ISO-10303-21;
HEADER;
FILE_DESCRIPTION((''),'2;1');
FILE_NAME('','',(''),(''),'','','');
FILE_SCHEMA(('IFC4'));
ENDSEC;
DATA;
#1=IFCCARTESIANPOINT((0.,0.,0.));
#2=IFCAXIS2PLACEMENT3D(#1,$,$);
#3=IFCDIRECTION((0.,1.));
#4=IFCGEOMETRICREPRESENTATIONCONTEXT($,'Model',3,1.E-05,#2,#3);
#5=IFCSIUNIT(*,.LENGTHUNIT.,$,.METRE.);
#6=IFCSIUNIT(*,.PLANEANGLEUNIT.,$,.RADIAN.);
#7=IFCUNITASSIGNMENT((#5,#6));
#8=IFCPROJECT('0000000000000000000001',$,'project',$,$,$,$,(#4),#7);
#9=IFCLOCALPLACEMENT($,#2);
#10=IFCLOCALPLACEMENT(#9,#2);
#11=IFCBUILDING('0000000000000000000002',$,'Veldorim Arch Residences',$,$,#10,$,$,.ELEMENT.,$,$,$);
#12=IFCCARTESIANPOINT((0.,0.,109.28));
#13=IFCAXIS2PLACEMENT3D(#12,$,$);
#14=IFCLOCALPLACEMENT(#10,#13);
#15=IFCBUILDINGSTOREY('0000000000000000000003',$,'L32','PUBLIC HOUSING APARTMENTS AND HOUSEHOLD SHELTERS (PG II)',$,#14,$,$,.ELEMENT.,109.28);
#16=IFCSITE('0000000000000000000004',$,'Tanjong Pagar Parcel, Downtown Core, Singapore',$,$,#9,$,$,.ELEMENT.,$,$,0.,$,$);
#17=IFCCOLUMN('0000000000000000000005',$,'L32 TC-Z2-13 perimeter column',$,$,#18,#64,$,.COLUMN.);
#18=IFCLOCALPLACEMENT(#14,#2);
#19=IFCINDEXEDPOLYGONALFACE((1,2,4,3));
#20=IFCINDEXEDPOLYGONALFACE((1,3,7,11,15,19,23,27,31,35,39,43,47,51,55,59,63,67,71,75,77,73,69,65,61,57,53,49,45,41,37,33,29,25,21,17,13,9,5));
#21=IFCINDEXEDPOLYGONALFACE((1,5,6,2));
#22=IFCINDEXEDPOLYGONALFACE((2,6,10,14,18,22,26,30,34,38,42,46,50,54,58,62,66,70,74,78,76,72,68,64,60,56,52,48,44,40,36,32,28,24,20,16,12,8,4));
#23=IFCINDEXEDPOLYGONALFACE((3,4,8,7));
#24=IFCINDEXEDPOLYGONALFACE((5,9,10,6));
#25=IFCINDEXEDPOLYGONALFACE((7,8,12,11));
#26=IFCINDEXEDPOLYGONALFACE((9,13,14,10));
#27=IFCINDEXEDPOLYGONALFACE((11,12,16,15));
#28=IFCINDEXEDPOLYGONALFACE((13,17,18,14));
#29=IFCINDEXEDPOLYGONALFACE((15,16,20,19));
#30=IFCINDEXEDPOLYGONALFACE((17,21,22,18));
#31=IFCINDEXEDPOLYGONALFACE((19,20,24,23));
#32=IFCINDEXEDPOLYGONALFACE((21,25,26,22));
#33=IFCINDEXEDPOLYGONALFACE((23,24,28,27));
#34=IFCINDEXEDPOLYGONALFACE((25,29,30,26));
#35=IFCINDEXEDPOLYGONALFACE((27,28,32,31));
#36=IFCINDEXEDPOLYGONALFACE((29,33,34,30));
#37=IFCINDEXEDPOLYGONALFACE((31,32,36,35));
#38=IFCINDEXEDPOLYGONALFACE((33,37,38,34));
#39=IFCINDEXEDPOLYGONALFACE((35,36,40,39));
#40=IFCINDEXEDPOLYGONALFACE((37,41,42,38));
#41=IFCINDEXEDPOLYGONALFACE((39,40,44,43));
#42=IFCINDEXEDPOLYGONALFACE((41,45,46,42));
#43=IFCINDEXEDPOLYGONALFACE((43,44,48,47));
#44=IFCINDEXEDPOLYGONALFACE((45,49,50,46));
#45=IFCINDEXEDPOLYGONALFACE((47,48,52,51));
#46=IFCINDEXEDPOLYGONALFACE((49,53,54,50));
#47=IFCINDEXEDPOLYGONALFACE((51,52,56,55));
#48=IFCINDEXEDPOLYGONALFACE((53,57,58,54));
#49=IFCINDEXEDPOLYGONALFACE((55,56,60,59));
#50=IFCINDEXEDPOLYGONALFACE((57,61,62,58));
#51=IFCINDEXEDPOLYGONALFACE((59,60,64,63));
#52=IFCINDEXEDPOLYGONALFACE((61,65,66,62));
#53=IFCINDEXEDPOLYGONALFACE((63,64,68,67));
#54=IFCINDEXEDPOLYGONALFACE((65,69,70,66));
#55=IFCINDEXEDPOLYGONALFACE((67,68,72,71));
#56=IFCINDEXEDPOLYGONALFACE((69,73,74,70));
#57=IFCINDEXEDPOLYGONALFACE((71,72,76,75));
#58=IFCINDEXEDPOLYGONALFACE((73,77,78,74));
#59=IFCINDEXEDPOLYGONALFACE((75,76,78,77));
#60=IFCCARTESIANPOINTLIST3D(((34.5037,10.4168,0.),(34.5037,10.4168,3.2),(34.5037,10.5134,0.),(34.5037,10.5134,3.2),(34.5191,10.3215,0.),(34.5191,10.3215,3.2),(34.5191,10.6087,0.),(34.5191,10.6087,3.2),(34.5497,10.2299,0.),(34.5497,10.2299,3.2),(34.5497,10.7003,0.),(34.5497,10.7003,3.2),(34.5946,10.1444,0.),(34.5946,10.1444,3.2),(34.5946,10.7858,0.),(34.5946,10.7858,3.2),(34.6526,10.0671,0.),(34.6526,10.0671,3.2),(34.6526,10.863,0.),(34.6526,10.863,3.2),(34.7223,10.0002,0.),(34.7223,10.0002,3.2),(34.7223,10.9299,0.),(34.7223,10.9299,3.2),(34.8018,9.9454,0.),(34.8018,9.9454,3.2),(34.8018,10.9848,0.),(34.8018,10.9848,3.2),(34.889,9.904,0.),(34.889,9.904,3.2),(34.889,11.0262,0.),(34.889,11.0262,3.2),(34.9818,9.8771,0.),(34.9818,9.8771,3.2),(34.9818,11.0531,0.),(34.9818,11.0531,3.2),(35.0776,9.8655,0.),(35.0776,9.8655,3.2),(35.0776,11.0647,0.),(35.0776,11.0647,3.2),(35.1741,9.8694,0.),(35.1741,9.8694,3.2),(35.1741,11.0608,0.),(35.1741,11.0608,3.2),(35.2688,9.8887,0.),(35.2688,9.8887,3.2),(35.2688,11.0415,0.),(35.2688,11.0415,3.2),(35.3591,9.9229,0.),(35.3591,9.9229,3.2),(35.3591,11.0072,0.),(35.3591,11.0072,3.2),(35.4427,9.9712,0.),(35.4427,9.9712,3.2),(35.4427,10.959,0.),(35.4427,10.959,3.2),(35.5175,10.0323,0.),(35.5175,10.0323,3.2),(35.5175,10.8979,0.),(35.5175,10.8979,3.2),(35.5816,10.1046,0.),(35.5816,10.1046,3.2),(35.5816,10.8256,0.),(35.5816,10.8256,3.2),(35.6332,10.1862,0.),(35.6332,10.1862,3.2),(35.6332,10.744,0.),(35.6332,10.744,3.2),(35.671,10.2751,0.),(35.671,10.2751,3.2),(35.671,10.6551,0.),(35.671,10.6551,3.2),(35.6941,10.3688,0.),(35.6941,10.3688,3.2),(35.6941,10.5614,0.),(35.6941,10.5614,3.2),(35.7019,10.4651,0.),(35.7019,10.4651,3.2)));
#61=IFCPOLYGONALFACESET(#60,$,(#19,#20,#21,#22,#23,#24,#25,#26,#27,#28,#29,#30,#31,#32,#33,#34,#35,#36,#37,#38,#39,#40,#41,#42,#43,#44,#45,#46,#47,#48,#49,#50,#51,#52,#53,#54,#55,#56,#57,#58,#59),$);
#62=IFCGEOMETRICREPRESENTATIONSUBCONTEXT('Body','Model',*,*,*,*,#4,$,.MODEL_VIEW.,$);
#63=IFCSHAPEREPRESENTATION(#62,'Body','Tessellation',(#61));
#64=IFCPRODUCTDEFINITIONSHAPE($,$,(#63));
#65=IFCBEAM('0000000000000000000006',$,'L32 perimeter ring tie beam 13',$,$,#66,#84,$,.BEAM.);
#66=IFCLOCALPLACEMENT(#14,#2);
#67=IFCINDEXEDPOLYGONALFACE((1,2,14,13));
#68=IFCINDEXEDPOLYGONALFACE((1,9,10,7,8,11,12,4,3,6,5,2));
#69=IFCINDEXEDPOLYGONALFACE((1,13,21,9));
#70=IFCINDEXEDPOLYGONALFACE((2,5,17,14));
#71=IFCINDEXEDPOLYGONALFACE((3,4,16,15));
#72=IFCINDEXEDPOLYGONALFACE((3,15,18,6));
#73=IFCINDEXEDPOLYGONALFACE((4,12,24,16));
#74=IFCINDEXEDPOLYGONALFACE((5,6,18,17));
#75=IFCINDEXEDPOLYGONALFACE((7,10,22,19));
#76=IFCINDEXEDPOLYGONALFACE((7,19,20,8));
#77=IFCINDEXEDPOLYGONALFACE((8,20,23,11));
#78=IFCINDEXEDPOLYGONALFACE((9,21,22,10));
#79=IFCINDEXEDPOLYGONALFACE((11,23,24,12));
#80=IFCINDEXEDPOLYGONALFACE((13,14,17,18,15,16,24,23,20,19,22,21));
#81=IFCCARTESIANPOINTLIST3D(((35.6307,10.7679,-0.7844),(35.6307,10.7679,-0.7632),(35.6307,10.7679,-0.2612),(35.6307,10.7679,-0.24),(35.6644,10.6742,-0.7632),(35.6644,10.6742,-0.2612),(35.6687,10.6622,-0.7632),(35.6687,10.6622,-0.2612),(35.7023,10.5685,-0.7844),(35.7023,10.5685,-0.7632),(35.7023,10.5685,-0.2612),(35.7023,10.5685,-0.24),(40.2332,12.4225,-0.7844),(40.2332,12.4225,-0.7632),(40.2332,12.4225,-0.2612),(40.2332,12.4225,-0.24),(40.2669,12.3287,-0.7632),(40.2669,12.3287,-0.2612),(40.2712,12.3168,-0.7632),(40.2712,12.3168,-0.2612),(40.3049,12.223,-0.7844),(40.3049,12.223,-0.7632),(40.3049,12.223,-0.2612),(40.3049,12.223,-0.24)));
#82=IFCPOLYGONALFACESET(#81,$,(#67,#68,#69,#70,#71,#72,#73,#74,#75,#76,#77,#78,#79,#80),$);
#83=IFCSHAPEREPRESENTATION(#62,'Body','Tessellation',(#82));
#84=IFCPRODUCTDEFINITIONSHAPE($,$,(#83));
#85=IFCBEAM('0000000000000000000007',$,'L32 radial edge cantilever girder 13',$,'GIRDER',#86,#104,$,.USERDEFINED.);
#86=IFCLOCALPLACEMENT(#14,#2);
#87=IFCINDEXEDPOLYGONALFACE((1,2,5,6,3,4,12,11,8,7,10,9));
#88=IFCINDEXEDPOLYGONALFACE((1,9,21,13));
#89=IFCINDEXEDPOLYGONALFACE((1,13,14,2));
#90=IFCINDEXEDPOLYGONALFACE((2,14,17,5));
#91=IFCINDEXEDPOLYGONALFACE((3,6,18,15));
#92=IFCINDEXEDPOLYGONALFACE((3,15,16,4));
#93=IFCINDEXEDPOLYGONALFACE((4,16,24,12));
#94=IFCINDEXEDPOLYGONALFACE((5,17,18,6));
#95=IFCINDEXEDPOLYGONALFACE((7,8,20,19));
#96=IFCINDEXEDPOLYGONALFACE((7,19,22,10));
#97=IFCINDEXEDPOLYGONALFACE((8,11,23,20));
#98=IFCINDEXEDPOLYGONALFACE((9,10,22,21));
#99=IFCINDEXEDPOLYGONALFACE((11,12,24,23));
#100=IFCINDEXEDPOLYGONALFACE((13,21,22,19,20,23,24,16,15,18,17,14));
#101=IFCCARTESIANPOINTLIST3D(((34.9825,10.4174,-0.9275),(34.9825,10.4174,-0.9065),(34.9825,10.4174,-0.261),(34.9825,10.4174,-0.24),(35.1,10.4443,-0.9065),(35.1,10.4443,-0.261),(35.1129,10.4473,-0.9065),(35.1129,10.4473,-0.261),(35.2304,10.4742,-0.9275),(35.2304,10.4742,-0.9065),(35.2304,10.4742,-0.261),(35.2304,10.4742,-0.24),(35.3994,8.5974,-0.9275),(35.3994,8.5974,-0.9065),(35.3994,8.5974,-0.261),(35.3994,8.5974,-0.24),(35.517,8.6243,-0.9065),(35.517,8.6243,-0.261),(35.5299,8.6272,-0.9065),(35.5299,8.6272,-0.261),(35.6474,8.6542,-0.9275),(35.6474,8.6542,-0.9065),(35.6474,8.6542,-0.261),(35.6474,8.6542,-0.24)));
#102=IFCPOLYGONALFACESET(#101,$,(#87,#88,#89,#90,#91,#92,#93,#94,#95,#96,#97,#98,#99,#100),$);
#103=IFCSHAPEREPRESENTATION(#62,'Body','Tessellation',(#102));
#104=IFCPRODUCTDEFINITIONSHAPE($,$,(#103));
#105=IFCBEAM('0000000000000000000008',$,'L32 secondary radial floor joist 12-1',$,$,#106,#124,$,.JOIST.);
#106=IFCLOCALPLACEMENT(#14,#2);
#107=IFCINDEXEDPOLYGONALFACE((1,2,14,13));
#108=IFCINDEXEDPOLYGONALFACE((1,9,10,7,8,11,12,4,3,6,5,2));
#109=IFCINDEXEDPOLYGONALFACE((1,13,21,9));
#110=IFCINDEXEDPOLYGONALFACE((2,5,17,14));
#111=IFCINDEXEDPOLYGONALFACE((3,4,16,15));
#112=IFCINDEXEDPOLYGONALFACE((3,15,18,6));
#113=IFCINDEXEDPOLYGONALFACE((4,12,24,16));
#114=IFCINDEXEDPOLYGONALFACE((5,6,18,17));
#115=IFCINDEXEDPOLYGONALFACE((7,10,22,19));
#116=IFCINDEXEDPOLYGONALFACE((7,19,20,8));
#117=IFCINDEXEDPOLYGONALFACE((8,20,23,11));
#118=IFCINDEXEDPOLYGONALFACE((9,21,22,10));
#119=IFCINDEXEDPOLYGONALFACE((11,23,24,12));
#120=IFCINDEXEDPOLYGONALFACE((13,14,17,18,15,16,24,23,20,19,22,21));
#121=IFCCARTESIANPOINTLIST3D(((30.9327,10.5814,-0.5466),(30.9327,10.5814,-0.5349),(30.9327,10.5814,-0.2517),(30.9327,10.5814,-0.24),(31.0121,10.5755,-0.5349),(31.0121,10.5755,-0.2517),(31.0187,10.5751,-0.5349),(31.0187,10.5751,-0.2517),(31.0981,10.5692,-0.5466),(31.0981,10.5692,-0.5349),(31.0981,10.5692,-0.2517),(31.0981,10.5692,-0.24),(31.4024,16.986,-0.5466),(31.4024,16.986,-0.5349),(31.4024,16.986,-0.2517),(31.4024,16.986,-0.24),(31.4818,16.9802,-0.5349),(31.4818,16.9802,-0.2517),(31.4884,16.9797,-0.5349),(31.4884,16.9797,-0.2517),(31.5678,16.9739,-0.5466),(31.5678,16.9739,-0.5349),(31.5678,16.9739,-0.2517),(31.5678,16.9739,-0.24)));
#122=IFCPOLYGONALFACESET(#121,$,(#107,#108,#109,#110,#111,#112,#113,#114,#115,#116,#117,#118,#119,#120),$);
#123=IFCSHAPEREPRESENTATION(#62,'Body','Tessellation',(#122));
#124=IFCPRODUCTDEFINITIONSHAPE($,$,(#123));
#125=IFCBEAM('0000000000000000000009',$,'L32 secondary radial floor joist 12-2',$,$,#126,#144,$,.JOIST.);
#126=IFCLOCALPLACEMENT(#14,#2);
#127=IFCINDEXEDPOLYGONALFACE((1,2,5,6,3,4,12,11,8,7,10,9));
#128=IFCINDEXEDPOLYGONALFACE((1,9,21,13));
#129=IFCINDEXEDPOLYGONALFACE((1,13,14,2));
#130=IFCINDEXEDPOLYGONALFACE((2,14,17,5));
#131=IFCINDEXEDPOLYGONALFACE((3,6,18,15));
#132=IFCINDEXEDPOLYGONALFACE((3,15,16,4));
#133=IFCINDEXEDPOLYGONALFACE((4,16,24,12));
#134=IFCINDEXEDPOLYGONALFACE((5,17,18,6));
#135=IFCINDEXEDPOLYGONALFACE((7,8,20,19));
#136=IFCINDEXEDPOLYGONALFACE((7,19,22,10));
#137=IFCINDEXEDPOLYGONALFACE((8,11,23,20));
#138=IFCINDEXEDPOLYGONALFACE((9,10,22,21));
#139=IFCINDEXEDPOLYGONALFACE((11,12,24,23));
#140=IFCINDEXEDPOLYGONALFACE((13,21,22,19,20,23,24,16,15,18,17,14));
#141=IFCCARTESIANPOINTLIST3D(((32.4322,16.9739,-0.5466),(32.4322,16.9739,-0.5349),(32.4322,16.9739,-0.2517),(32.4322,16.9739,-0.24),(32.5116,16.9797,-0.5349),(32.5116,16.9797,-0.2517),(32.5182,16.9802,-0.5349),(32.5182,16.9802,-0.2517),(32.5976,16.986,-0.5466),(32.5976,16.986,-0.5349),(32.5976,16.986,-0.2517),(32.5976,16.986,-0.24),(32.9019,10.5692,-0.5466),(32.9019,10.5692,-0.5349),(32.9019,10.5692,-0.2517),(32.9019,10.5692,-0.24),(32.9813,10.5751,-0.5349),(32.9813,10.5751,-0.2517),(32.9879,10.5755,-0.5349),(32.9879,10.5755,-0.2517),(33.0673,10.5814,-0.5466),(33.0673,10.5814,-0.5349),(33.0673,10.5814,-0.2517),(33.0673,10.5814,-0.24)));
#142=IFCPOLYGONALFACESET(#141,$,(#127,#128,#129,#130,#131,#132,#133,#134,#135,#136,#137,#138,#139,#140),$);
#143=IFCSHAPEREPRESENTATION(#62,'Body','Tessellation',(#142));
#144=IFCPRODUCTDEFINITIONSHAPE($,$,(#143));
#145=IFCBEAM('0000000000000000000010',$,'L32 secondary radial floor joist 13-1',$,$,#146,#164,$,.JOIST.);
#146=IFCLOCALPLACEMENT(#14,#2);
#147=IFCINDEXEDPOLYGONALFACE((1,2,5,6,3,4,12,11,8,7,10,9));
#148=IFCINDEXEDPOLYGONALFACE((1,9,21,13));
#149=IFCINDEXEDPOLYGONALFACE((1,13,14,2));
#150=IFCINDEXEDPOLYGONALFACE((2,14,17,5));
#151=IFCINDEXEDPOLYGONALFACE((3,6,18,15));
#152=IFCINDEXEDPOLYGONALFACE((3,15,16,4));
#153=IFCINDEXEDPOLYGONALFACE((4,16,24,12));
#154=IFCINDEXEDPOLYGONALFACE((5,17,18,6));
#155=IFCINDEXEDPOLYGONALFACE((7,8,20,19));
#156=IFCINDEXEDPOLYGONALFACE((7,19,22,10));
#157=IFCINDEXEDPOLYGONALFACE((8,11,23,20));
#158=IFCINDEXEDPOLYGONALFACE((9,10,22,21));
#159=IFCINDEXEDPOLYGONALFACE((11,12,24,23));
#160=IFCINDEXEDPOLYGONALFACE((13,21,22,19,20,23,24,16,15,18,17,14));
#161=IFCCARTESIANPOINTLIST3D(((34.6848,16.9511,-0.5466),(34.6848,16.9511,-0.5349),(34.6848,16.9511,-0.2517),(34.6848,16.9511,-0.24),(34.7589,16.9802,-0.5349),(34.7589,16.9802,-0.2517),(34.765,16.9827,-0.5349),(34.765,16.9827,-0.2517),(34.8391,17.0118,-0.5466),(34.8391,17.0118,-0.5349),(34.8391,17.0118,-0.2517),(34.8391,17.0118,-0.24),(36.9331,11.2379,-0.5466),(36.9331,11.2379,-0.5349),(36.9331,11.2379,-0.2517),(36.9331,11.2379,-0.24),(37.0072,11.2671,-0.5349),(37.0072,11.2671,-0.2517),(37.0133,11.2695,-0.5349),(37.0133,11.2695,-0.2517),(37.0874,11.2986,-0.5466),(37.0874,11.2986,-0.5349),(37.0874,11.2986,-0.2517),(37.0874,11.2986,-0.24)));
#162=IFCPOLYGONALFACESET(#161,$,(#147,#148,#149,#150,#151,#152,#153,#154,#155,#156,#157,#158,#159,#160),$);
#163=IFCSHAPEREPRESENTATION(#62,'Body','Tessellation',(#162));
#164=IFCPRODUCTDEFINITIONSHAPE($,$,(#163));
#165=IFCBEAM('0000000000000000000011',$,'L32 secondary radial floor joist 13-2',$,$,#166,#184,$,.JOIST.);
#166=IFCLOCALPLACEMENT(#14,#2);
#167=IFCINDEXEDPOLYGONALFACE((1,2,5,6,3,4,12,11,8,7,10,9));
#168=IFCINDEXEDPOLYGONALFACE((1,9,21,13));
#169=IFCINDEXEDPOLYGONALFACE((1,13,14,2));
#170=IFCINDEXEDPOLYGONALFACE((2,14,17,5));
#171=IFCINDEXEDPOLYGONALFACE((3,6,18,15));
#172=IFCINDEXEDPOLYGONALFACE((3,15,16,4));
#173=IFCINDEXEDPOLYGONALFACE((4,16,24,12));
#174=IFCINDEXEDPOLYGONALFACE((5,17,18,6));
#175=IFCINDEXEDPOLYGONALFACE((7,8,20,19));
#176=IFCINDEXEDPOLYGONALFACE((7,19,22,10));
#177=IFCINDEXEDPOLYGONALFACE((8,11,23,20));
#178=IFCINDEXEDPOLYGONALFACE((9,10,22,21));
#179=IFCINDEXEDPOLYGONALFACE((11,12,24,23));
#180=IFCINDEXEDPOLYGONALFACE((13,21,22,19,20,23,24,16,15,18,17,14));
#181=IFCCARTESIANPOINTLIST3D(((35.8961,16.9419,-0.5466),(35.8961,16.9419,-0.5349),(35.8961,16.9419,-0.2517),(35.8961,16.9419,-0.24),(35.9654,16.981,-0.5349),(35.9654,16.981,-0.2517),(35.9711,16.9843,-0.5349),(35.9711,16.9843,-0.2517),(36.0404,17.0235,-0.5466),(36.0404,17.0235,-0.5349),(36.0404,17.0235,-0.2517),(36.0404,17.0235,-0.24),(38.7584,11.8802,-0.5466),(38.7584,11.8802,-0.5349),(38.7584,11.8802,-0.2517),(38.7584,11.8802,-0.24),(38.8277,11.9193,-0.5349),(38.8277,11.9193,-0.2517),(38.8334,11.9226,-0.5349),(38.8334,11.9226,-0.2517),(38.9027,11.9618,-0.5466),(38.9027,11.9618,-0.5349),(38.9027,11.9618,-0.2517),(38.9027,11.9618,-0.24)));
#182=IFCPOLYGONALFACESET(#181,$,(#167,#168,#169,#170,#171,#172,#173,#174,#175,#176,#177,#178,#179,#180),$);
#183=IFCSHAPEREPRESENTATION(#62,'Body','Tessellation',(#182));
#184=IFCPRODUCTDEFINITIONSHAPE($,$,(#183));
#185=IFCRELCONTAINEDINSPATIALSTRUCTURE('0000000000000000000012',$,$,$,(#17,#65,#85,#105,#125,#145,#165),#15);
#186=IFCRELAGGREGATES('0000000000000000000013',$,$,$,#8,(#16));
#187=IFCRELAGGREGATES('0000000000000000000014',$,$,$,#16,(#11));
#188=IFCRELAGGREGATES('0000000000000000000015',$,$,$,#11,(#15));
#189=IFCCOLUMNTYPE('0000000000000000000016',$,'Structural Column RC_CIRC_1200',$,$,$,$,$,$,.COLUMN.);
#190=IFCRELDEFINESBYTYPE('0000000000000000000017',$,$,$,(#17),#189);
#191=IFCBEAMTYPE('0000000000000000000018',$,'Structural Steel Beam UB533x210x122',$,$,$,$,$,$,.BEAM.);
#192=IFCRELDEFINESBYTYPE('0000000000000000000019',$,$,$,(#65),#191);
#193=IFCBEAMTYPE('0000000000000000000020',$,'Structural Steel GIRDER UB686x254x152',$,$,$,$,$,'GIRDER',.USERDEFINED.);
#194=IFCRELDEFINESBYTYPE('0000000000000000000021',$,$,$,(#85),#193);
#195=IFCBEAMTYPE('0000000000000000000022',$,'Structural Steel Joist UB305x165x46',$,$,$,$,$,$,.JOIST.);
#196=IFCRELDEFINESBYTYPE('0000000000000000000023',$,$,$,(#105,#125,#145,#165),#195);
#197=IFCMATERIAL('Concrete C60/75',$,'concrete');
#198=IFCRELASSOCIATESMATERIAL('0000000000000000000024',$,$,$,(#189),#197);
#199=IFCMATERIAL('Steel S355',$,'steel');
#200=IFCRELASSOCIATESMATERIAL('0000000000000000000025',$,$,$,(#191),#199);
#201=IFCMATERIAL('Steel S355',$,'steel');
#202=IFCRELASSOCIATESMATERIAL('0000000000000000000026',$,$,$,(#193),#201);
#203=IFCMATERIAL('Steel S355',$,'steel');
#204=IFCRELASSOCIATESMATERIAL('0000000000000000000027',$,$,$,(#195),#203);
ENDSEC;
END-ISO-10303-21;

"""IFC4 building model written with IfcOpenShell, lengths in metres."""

from ifc_helpers import new_model, si_unit, direction, frame, origin, origin_2d, place, context, subcontext, project, spatial, circle, i_section, extrude, material, material_profile, profile_set, type_object, element, save


model = new_model("IFC4")

# Units and contexts
model_context = context("Model", 3, precision=1e-05, world=origin(), true_north=direction((0.0, 1.0)))
body_context = subcontext(model_context, "Body", "Model", "MODEL_VIEW")
ifc_project = project(units=[si_unit("LENGTHUNIT", "METRE"), si_unit("PLANEANGLEUNIT", "RADIAN")], contexts=[model_context])

# Site, building, storey
site_placement = place(None, origin())
site = spatial("IfcSite", under=ifc_project, at=site_placement, Name="Tanjong Pagar Parcel, Downtown Core, Singapore", CompositionType="ELEMENT", RefElevation=0.0)
building_placement = place(site_placement, origin())
building = spatial("IfcBuilding", under=site, at=building_placement, Name="Veldorim Arch Residences", CompositionType="ELEMENT")
storey_placement = place(building_placement, frame((0.0, 0.0, 109.28)))
storey = spatial("IfcBuildingStorey", under=building, at=storey_placement, Name="L32", Description="PUBLIC HOUSING APARTMENTS AND HOUSEHOLD SHELTERS (PG II)", CompositionType="ELEMENT", Elevation=109.28)

# Column
ifc_material_1 = material(Name="Concrete C60/75", Category="concrete")
ifc_material_profile_1 = material_profile(ifc_material_1, circle(Radius=0.6001, at=origin_2d()), Name="RC_CIRC_1200")
ifc_profile_set_1 = profile_set([ifc_material_profile_1], Name="Concrete C60/75")
column_type = type_object("IfcColumnType", Name="Structural Column RC_CIRC_1200", PredefinedType="COLUMN", material=ifc_profile_set_1)
column_placement = place(storey_placement, frame((35.1018, 10.4651, 0.0), z_axis=(0.0, 0.0, 1.0), x_axis=(1.0, 0.0, 0.0)))
element("IfcColumn", 1, at=column_placement, inside=storey, type_object=column_type, Name="L32 TC-Z2-13 perimeter column", PredefinedType="COLUMN", context=body_context, shape_type="SweptSolid", body=[
    extrude(circle(Radius=0.6001, at=origin_2d()), origin(), (0.0, 0.0, 1.0), 3.2),
])

# Beams
ifc_material_2 = material(Name="Steel S355", Category="steel")
ifc_material_profile_2 = material_profile(ifc_material_2, i_section(OverallWidth=0.2119, OverallDepth=0.5444, WebThickness=0.0127, FlangeThickness=0.0212, at=origin_2d()), Name="UB533x210x122")
ifc_profile_set_2 = profile_set([ifc_material_profile_2], Name="Steel S355")
beam_type_1 = type_object("IfcBeamType", Name="Structural Steel Beam UB533x210x122", PredefinedType="BEAM", material=ifc_profile_set_2)
beam_1_placement = place(storey_placement, frame((35.6665, 10.6682, -0.5122), z_axis=(0.941042, 0.33829, 0.0), x_axis=(-0.33829, 0.941042, 0.0)))
element("IfcBeam", 2, at=beam_1_placement, inside=storey, type_object=beam_type_1, Name="L32 perimeter ring tie beam 13", PredefinedType="BEAM", context=body_context, shape_type="SweptSolid", body=[
    extrude(i_section(OverallWidth=0.2119, OverallDepth=0.5444, WebThickness=0.0127, FlangeThickness=0.0212, at=origin_2d()), origin(), (0.0, 0.0, 1.0), 4.8909),
])
ifc_material_3 = material(Name="Steel S355", Category="steel")
ifc_material_profile_3 = material_profile(ifc_material_3, i_section(OverallWidth=0.2544, OverallDepth=0.6875, WebThickness=0.0132, FlangeThickness=0.021, at=origin_2d()), Name="UB686x254x152")
ifc_profile_set_3 = profile_set([ifc_material_profile_3], Name="Steel S355")
beam_type_2 = type_object("IfcBeamType", Name="Structural Steel GIRDER UB686x254x152", ElementType="GIRDER", PredefinedType="USERDEFINED", material=ifc_profile_set_3)
beam_2_placement = place(storey_placement, frame((35.1064, 10.4458, -0.5837), z_axis=(0.223322, -0.974745, 0.0), x_axis=(0.974745, 0.223322, 0.0)))
element("IfcBeam", 3, at=beam_2_placement, inside=storey, type_object=beam_type_2, Name="L32 radial edge cantilever girder 13", ObjectType="GIRDER", PredefinedType="USERDEFINED", context=body_context, shape_type="SweptSolid", body=[
    extrude(i_section(OverallWidth=0.2544, OverallDepth=0.6875, WebThickness=0.0132, FlangeThickness=0.021, at=origin_2d()), origin(), (0.0, 0.0, 1.0), 1.8672),
])
ifc_material_4 = material(Name="Steel S355", Category="steel")
ifc_material_profile_4 = material_profile(ifc_material_4, i_section(OverallWidth=0.1658, OverallDepth=0.3066, WebThickness=0.0066, FlangeThickness=0.0117, at=origin_2d()), Name="UB305x165x46")
ifc_profile_set_4 = profile_set([ifc_material_profile_4], Name="Steel S355")
beam_type_3 = type_object("IfcBeamType", Name="Structural Steel Joist UB305x165x46", PredefinedType="JOIST", material=ifc_profile_set_4)
for number, where, z_axis, x_axis, name in (
    (4, (31.4851, 16.98, -0.3933), (-0.073143, -0.997321, 0.0), (0.997321, -0.073143, 0.0), "L32 secondary radial floor joist 12-1"),
    (5, (32.5149, 16.98, -0.3933), (0.073143, -0.997321, 0.0), (0.997321, 0.073143, 0.0), "L32 secondary radial floor joist 12-2"),
):
    element("IfcBeam", number, at=place(storey_placement, frame(where, z_axis=z_axis, x_axis=x_axis)), inside=storey, type_object=beam_type_3, Name=name, PredefinedType="JOIST", context=body_context, shape_type="SweptSolid", body=[
        extrude(i_section(OverallWidth=0.1658, OverallDepth=0.3066, WebThickness=0.0066, FlangeThickness=0.0117, at=origin_2d()), origin(), (0.0, 0.0, 1.0), 6.4219),
    ])
beam_3_placement = place(storey_placement, frame((34.762, 16.9814, -0.3933), z_axis=(0.366195, -0.930538, 0.0), x_axis=(0.930538, 0.366195, 0.0)))
element("IfcBeam", 6, at=beam_3_placement, inside=storey, type_object=beam_type_3, Name="L32 secondary radial floor joist 13-1", PredefinedType="JOIST", context=body_context, shape_type="SweptSolid", body=[
    extrude(i_section(OverallWidth=0.1658, OverallDepth=0.3066, WebThickness=0.0066, FlangeThickness=0.0117, at=origin_2d()), origin(), (0.0, 0.0, 1.0), 6.1396),
])
beam_4_placement = place(storey_placement, frame((35.9683, 16.9827, -0.3933), z_axis=(0.492227, -0.870467, 0.0), x_axis=(0.870467, 0.492227, 0.0)))
element("IfcBeam", 7, at=beam_4_placement, inside=storey, type_object=beam_type_3, Name="L32 secondary radial floor joist 13-2", PredefinedType="JOIST", context=body_context, shape_type="SweptSolid", body=[
    extrude(i_section(OverallWidth=0.1658, OverallDepth=0.3066, WebThickness=0.0066, FlangeThickness=0.0117, at=origin_2d()), origin(), (0.0, 0.0, 1.0), 5.8149),
])

save(model, "model.ifc")
